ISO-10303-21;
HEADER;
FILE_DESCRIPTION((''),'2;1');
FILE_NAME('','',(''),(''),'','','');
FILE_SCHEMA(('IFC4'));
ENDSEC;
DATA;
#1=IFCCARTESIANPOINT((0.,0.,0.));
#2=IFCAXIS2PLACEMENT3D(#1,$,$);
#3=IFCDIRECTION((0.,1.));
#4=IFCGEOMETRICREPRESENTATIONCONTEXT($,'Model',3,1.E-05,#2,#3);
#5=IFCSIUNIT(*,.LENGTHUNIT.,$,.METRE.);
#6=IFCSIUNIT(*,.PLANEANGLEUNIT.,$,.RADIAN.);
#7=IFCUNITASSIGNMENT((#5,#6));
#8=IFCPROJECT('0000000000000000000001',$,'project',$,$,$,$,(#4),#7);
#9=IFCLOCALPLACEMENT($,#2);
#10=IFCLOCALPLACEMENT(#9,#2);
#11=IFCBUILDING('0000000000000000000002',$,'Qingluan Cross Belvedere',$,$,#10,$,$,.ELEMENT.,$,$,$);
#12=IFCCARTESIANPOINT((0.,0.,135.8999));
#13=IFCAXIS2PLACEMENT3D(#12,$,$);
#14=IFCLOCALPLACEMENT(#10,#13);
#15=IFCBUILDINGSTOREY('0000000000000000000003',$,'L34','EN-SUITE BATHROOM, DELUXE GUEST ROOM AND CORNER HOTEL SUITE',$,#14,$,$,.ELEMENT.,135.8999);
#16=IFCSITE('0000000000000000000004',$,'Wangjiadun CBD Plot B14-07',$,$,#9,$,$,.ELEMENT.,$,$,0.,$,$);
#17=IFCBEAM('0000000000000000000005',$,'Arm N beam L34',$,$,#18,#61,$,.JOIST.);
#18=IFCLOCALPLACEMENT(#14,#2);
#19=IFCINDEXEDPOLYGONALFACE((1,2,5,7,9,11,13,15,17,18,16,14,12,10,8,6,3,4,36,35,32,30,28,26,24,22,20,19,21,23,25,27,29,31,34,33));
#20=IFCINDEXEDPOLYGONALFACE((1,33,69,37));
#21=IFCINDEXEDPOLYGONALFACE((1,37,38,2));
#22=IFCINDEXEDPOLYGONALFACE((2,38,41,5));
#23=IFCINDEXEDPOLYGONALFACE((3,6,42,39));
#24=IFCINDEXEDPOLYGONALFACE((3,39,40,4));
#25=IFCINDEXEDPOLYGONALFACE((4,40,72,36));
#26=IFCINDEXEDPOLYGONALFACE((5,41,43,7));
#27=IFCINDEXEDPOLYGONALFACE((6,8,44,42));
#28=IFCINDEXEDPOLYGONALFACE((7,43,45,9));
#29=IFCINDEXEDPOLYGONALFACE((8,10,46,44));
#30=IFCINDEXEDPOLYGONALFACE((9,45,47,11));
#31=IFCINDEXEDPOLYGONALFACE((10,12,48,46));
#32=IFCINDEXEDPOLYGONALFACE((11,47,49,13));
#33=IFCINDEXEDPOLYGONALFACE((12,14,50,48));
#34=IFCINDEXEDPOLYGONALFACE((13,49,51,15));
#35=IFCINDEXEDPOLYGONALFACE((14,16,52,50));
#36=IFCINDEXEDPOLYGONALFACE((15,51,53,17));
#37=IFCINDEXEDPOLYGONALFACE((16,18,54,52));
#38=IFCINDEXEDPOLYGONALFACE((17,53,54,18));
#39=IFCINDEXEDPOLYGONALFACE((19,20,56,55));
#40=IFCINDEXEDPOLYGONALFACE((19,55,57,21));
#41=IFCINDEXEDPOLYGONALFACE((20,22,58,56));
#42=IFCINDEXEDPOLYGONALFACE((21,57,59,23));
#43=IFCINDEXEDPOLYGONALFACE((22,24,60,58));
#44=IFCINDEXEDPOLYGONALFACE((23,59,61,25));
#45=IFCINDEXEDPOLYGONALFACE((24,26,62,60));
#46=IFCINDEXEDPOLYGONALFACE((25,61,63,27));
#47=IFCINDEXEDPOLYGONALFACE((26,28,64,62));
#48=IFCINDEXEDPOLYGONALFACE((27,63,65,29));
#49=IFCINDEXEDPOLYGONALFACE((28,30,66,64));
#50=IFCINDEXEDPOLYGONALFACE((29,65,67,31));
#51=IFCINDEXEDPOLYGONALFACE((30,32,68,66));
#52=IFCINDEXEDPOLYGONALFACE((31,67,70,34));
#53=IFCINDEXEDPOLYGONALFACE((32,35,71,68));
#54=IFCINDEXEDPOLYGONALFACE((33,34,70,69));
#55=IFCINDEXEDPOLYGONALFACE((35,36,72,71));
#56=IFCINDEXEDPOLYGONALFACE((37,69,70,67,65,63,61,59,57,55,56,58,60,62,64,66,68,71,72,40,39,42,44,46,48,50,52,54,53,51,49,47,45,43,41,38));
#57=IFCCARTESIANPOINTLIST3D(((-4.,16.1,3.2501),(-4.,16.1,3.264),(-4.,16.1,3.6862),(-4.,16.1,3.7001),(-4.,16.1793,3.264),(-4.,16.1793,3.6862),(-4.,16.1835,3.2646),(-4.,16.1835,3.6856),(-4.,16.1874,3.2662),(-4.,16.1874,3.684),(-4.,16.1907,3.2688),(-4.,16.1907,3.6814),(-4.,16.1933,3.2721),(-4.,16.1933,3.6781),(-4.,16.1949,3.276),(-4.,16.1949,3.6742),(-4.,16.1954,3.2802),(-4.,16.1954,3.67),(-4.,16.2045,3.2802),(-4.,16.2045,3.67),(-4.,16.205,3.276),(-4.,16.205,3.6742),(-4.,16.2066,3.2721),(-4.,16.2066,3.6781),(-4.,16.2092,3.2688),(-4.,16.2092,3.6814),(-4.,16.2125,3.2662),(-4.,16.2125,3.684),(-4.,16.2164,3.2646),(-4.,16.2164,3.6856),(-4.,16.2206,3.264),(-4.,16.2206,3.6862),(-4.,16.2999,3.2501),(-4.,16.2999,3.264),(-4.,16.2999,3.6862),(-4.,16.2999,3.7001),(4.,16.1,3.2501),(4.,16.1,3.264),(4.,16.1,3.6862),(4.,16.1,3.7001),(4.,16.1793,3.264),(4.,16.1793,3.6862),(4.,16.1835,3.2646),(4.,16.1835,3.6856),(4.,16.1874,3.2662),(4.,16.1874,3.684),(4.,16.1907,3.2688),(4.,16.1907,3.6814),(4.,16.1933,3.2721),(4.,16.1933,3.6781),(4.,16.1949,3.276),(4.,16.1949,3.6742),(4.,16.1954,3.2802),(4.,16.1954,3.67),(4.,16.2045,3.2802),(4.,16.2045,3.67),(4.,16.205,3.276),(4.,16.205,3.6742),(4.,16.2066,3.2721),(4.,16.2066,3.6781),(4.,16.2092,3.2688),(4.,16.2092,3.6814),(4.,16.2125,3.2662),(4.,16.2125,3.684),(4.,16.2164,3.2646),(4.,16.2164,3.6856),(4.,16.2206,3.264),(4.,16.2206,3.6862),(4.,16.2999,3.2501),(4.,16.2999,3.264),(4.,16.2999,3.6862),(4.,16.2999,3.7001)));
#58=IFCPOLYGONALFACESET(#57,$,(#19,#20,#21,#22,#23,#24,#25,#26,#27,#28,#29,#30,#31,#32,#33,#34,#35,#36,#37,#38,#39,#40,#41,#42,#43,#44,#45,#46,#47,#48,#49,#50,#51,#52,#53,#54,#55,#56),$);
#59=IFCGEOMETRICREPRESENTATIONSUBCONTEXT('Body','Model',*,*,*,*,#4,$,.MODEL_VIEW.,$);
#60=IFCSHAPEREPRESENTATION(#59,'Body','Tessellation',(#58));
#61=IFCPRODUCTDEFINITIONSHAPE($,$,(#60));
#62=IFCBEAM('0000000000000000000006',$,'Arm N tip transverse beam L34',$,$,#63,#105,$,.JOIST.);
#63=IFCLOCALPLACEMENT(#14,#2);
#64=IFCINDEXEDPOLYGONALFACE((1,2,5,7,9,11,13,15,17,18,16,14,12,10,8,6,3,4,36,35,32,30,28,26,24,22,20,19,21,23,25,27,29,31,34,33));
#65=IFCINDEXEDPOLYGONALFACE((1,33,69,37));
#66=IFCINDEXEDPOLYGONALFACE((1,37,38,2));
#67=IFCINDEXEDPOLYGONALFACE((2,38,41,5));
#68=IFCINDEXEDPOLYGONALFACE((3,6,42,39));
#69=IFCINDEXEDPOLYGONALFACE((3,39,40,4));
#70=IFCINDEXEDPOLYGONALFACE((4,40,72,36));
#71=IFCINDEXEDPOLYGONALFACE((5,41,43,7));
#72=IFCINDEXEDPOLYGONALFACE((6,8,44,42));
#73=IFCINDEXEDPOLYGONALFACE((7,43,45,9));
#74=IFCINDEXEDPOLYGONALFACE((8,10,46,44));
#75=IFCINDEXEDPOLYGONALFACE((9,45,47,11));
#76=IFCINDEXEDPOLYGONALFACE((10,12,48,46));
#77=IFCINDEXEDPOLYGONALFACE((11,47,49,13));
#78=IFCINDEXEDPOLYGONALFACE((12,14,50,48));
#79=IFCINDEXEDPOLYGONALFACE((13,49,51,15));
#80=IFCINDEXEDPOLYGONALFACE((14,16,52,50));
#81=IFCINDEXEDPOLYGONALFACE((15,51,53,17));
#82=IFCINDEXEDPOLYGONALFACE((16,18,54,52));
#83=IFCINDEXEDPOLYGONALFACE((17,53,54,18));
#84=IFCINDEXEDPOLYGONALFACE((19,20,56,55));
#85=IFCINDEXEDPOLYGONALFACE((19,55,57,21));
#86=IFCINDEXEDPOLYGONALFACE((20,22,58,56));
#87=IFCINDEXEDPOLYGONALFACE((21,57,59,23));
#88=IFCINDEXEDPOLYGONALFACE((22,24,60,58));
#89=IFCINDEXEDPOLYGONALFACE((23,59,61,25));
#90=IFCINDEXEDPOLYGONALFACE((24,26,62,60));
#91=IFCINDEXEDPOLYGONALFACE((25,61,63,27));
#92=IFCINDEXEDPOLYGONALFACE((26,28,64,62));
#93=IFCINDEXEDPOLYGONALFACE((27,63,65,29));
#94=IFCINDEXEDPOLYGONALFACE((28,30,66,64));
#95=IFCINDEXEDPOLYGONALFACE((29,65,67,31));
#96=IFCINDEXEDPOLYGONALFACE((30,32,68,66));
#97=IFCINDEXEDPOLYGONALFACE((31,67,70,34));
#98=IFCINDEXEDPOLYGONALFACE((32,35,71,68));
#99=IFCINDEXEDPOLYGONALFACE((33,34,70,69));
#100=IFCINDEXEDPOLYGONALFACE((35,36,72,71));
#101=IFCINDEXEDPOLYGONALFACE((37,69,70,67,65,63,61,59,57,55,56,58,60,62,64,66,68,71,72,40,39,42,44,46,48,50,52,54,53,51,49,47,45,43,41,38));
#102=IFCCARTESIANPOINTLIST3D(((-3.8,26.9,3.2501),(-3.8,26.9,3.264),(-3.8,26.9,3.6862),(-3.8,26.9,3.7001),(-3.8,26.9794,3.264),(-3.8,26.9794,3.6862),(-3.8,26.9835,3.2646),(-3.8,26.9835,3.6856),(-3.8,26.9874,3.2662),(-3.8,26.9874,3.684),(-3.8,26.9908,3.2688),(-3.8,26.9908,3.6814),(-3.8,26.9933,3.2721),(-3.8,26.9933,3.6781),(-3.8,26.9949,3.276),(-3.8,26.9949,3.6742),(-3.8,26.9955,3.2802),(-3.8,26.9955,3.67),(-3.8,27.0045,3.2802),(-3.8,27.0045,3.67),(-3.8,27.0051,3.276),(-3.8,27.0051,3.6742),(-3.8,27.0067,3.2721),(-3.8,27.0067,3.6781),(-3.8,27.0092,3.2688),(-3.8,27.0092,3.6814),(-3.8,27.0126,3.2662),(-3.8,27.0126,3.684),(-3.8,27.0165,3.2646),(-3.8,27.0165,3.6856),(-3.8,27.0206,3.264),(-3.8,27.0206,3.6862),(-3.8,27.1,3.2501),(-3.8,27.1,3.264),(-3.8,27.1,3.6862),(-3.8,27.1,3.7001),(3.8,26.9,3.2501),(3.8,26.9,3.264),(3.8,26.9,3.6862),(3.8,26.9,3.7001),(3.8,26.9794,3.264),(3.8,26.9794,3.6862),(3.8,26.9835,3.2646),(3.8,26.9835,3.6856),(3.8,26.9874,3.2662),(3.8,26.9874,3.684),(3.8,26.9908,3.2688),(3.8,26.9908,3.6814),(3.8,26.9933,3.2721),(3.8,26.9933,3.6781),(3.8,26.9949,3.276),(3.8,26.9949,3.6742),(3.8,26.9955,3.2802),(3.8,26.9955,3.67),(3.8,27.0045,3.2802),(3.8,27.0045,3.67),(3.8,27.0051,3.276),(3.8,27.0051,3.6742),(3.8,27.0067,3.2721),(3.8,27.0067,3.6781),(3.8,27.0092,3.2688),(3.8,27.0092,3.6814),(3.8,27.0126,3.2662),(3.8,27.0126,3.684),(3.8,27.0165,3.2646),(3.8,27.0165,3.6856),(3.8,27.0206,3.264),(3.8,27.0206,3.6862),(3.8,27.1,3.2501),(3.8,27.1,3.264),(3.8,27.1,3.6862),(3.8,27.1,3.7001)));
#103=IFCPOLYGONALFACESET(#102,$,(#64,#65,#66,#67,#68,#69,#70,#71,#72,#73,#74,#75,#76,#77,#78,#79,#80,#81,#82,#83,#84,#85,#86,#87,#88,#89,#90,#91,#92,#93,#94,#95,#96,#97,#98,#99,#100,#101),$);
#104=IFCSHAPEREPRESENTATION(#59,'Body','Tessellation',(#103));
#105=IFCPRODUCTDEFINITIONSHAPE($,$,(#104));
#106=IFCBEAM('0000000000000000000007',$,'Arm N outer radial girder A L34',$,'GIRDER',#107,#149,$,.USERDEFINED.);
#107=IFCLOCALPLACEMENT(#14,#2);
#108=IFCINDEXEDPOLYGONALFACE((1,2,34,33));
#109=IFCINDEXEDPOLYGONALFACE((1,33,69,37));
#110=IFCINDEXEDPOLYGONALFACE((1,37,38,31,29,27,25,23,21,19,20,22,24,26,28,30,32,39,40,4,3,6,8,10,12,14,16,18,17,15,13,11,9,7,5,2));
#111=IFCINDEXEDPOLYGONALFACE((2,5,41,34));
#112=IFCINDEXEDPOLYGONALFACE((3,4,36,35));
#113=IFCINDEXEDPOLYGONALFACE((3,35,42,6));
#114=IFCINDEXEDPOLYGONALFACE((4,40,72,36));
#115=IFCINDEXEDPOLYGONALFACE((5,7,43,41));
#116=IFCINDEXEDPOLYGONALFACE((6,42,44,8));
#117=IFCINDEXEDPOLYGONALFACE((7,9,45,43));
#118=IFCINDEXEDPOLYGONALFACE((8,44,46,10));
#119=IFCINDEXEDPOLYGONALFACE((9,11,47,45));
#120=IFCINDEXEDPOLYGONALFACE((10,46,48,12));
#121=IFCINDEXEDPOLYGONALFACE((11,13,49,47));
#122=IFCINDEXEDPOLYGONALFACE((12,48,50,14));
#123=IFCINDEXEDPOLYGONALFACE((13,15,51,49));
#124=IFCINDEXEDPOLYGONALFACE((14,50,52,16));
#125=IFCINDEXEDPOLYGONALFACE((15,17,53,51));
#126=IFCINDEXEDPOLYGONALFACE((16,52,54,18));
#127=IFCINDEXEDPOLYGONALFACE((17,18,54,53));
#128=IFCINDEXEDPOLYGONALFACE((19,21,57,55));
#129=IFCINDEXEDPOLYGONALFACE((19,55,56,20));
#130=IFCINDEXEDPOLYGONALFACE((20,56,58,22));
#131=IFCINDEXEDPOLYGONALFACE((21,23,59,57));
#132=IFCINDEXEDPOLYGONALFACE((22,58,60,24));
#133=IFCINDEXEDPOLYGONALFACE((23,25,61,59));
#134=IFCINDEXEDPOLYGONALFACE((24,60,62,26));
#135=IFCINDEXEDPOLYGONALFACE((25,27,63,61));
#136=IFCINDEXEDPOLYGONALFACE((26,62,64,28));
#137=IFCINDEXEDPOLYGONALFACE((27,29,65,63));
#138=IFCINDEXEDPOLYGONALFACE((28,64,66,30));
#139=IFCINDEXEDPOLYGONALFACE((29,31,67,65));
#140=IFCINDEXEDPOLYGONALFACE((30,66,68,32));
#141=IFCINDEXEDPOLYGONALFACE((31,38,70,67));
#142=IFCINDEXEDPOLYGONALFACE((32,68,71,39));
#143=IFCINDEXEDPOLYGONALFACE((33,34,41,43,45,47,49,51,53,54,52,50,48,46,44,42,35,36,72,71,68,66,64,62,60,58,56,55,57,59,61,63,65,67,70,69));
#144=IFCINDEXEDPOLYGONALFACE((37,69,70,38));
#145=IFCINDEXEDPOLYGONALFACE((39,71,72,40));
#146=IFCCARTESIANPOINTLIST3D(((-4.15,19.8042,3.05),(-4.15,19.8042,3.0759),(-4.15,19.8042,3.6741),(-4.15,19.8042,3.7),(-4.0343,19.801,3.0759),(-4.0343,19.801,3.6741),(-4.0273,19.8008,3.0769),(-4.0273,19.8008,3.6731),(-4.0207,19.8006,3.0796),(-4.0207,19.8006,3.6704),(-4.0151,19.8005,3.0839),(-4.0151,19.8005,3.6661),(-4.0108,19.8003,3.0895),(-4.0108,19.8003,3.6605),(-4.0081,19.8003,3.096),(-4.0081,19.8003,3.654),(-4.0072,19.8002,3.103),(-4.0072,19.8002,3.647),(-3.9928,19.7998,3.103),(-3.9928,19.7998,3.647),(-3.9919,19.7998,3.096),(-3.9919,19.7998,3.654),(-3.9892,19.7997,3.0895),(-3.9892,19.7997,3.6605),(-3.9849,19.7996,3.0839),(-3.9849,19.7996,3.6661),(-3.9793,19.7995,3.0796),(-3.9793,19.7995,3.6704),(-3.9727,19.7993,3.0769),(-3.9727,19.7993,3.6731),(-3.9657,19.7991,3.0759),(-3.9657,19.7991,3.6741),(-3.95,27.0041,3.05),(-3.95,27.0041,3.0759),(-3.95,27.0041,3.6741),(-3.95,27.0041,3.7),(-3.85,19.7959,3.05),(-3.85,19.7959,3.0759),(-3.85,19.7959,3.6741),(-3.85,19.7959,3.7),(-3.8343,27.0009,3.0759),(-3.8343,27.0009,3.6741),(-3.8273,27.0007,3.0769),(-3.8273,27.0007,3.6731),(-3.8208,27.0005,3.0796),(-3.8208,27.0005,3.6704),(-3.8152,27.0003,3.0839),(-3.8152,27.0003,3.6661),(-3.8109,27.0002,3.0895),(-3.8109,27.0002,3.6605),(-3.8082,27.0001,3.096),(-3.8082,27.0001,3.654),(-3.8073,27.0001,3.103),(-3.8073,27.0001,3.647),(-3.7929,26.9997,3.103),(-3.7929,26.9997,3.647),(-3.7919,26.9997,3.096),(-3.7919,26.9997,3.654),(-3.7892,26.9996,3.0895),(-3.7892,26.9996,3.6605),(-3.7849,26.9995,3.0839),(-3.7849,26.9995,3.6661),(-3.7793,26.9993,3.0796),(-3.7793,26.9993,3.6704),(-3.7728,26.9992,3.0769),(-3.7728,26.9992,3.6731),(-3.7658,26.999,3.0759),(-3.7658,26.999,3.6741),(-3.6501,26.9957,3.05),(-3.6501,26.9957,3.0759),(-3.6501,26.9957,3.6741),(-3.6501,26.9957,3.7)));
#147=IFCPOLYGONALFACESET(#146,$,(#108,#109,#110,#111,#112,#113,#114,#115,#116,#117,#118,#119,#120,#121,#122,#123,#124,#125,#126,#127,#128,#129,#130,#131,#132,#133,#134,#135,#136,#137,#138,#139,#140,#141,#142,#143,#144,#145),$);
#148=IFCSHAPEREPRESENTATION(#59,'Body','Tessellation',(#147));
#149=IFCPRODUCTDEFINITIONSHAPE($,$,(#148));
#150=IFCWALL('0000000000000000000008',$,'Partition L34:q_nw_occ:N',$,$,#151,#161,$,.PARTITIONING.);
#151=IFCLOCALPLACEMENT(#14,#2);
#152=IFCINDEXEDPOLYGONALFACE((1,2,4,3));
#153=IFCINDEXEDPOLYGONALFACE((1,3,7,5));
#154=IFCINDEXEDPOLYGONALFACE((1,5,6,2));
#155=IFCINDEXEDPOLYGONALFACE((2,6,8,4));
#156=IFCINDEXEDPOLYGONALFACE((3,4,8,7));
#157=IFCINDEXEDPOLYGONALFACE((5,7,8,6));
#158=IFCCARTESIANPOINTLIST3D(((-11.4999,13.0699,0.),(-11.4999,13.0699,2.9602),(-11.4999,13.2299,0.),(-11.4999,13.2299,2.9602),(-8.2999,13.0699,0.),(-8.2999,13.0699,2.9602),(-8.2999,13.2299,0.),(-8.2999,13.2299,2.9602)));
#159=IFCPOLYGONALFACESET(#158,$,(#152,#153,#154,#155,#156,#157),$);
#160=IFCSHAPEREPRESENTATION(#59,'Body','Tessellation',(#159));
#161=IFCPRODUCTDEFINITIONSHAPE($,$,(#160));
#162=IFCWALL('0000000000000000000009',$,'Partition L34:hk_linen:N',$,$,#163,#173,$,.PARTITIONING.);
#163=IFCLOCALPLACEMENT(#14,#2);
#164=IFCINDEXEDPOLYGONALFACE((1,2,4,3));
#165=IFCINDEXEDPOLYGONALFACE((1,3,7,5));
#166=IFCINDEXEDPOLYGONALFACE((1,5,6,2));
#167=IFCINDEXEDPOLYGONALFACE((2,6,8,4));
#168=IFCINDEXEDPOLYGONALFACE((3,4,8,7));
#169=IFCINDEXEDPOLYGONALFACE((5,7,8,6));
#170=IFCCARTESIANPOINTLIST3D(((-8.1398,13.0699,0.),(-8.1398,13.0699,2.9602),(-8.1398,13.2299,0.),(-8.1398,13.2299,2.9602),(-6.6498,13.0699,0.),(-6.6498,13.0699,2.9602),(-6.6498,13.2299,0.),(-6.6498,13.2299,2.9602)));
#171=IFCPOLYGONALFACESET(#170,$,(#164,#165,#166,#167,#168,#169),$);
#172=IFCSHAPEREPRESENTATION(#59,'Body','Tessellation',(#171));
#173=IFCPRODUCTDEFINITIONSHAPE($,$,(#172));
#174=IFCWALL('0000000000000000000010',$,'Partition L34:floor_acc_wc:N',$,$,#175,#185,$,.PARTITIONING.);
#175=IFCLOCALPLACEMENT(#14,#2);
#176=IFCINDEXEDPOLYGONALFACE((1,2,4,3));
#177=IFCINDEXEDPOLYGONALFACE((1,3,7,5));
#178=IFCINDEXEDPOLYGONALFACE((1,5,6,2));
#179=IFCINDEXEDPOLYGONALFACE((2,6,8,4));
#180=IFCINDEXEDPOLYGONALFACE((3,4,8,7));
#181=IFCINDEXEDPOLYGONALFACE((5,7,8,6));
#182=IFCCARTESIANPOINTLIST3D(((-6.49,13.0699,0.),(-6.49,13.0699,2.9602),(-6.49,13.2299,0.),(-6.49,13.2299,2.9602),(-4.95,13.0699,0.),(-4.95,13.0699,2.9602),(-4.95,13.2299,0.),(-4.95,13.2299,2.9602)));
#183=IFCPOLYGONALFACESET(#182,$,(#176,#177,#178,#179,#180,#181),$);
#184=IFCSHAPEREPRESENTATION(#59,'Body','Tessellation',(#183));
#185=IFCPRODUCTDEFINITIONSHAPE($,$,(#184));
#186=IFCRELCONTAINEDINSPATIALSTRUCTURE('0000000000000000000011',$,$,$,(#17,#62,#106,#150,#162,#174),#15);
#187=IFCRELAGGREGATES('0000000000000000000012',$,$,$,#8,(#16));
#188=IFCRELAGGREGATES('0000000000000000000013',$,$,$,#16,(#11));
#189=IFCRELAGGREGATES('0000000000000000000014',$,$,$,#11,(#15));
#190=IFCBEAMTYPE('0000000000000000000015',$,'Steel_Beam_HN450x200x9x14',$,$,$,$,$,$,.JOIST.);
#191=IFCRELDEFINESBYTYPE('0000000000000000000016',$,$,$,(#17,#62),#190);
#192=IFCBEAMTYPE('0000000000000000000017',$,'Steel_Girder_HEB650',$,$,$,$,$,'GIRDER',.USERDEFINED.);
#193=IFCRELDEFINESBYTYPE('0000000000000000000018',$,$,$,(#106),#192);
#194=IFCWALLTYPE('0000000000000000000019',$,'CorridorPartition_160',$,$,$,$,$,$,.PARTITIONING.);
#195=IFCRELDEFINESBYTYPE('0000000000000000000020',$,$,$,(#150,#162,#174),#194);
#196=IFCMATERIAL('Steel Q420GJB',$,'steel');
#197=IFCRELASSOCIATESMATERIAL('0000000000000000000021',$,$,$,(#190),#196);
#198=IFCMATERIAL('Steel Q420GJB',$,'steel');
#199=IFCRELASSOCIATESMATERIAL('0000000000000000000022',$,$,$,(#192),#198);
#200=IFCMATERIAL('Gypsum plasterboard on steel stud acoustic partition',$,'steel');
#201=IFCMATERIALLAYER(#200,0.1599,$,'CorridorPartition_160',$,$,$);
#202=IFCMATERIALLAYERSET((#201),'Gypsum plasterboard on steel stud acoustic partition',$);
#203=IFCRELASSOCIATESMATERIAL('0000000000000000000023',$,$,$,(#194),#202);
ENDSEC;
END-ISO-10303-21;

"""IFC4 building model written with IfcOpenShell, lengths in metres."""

from ifc_helpers import new_model, si_unit, direction, frame, frame_2d, origin, origin_2d, place, context, subcontext, project, spatial, rectangle, i_section, extrude, material, layer, layer_set, material_profile, profile_set, type_object, element, save


model = new_model("IFC4")

# Units and contexts
model_context = context("Model", 3, precision=1e-05, world=origin(), true_north=direction((0.0, 1.0)))
body_context = subcontext(model_context, "Body", "Model", "MODEL_VIEW")
ifc_project = project(units=[si_unit("LENGTHUNIT", "METRE"), si_unit("PLANEANGLEUNIT", "RADIAN")], contexts=[model_context])

# Site, building, storey
site_placement = place(None, origin())
site = spatial("IfcSite", under=ifc_project, at=site_placement, Name="Wangjiadun CBD Plot B14-07", CompositionType="ELEMENT", RefElevation=0.0)
building_placement = place(site_placement, origin())
building = spatial("IfcBuilding", under=site, at=building_placement, Name="Qingluan Cross Belvedere", CompositionType="ELEMENT")
storey_placement = place(building_placement, frame((0.0, 0.0, 135.8999)))
storey = spatial("IfcBuildingStorey", under=building, at=storey_placement, Name="L34", Description="EN-SUITE BATHROOM, DELUXE GUEST ROOM AND CORNER HOTEL SUITE", CompositionType="ELEMENT", Elevation=135.8999)

# Beams
ifc_material_1 = material(Name="Steel Q420GJB", Category="steel")
ifc_material_profile_1 = material_profile(ifc_material_1, i_section(OverallWidth=0.2, OverallDepth=0.45, WebThickness=0.009, FlangeThickness=0.0139, FilletRadius=0.0161, at=origin_2d()), Name="HN450x200x9x14")
ifc_profile_set_1 = profile_set([ifc_material_profile_1], Name="Steel Q420GJB")
beam_type_1 = type_object("IfcBeamType", Name="Steel_Beam_HN450x200x9x14", PredefinedType="JOIST", material=ifc_profile_set_1)
for number, where, z_axis, x_axis, name in (
    (1, (-4.0, 16.2, 3.4751), (1.0, 0.0, 0.0), (0.0, 1.0, 0.0), "Arm N beam L34"),
):
    element("IfcBeam", number, at=place(storey_placement, frame(where, z_axis=z_axis, x_axis=x_axis)), inside=storey, type_object=beam_type_1, Name=name, PredefinedType="JOIST", context=body_context, shape_type="SweptSolid", body=[
        extrude(i_section(OverallWidth=0.2, OverallDepth=0.45, WebThickness=0.009, FlangeThickness=0.0139, FilletRadius=0.0161, at=origin_2d()), origin(), (0.0, 0.0, 1.0), 8.0),
    ])
beam_1_placement = place(storey_placement, frame((-3.8, 27.0, 3.4751), z_axis=(1.0, 0.0, 0.0), x_axis=(0.0, 1.0, 0.0)))
element("IfcBeam", 2, at=beam_1_placement, inside=storey, type_object=beam_type_1, Name="Arm N tip transverse beam L34", PredefinedType="JOIST", context=body_context, shape_type="SweptSolid", body=[
    extrude(i_section(OverallWidth=0.2, OverallDepth=0.45, WebThickness=0.009, FlangeThickness=0.0139, FilletRadius=0.0161, at=origin_2d()), origin(), (0.0, 0.0, 1.0), 7.6001),
])
ifc_material_2 = material(Name="Steel Q420GJB", Category="steel")
ifc_material_profile_2 = material_profile(ifc_material_2, i_section(OverallWidth=0.3, OverallDepth=0.6499, WebThickness=0.0144, FlangeThickness=0.0259, FilletRadius=0.0271, at=origin_2d()), Name="HEB650")
ifc_profile_set_2 = profile_set([ifc_material_profile_2], Name="Steel Q420GJB")
beam_type_2 = type_object("IfcBeamType", Name="Steel_Girder_HEB650", ElementType="GIRDER", PredefinedType="USERDEFINED", material=ifc_profile_set_2)
beam_2_placement = place(storey_placement, frame((-4.0, 19.8, 3.375), z_axis=(0.02776, 0.999615, 0.0), x_axis=(-0.999615, 0.02776, 0.0)))
element("IfcBeam", 3, at=beam_2_placement, inside=storey, type_object=beam_type_2, Name="Arm N outer radial girder A L34", ObjectType="GIRDER", PredefinedType="USERDEFINED", context=body_context, shape_type="SweptSolid", body=[
    extrude(i_section(OverallWidth=0.3, OverallDepth=0.6499, WebThickness=0.0144, FlangeThickness=0.0259, FilletRadius=0.0271, at=origin_2d()), origin(), (0.0, 0.0, 1.0), 7.2026),
])

# Walls
ifc_material_3 = material(Name="Gypsum plasterboard on steel stud acoustic partition", Category="steel")
ifc_layer_1 = layer(ifc_material_3, 0.1599, Name="CorridorPartition_160")
ifc_layer_set_1 = layer_set([ifc_layer_1], Name="Gypsum plasterboard on steel stud acoustic partition")
wall_type_1 = type_object("IfcWallType", Name="CorridorPartition_160", PredefinedType="PARTITIONING", material=ifc_layer_set_1)
wall_1_placement = place(storey_placement, frame((-11.5, 13.1499, 0.0), z_axis=(0.0, 0.0, 1.0), x_axis=(1.0, 0.0, 0.0)))
element("IfcWall", 4, at=wall_1_placement, inside=storey, type_object=wall_type_1, Name="Partition L34:q_nw_occ:N", PredefinedType="PARTITIONING", context=body_context, shape_type="SweptSolid", body=[
    extrude(rectangle(XDim=3.2, YDim=0.1599, at=frame_2d((1.6001, 0.0))), origin(), (0.0, 0.0, 1.0), 2.9602),
])
wall_2_placement = place(storey_placement, frame((-8.1399, 13.1499, 0.0), z_axis=(0.0, 0.0, 1.0), x_axis=(1.0, 0.0, 0.0)))
element("IfcWall", 5, at=wall_2_placement, inside=storey, type_object=wall_type_1, Name="Partition L34:hk_linen:N", PredefinedType="PARTITIONING", context=body_context, shape_type="SweptSolid", body=[
    extrude(rectangle(XDim=1.49, YDim=0.1599, at=frame_2d((0.7451, 0.0))), origin(), (0.0, 0.0, 1.0), 2.9602),
])
wall_3_placement = place(storey_placement, frame((-6.49, 13.1499, 0.0), z_axis=(0.0, 0.0, 1.0), x_axis=(1.0, 0.0, 0.0)))
element("IfcWall", 6, at=wall_3_placement, inside=storey, type_object=wall_type_1, Name="Partition L34:floor_acc_wc:N", PredefinedType="PARTITIONING", context=body_context, shape_type="SweptSolid", body=[
    extrude(rectangle(XDim=1.54, YDim=0.1599, at=frame_2d((0.77, 0.0))), origin(), (0.0, 0.0, 1.0), 2.9602),
])

save(model, "model.ifc")
